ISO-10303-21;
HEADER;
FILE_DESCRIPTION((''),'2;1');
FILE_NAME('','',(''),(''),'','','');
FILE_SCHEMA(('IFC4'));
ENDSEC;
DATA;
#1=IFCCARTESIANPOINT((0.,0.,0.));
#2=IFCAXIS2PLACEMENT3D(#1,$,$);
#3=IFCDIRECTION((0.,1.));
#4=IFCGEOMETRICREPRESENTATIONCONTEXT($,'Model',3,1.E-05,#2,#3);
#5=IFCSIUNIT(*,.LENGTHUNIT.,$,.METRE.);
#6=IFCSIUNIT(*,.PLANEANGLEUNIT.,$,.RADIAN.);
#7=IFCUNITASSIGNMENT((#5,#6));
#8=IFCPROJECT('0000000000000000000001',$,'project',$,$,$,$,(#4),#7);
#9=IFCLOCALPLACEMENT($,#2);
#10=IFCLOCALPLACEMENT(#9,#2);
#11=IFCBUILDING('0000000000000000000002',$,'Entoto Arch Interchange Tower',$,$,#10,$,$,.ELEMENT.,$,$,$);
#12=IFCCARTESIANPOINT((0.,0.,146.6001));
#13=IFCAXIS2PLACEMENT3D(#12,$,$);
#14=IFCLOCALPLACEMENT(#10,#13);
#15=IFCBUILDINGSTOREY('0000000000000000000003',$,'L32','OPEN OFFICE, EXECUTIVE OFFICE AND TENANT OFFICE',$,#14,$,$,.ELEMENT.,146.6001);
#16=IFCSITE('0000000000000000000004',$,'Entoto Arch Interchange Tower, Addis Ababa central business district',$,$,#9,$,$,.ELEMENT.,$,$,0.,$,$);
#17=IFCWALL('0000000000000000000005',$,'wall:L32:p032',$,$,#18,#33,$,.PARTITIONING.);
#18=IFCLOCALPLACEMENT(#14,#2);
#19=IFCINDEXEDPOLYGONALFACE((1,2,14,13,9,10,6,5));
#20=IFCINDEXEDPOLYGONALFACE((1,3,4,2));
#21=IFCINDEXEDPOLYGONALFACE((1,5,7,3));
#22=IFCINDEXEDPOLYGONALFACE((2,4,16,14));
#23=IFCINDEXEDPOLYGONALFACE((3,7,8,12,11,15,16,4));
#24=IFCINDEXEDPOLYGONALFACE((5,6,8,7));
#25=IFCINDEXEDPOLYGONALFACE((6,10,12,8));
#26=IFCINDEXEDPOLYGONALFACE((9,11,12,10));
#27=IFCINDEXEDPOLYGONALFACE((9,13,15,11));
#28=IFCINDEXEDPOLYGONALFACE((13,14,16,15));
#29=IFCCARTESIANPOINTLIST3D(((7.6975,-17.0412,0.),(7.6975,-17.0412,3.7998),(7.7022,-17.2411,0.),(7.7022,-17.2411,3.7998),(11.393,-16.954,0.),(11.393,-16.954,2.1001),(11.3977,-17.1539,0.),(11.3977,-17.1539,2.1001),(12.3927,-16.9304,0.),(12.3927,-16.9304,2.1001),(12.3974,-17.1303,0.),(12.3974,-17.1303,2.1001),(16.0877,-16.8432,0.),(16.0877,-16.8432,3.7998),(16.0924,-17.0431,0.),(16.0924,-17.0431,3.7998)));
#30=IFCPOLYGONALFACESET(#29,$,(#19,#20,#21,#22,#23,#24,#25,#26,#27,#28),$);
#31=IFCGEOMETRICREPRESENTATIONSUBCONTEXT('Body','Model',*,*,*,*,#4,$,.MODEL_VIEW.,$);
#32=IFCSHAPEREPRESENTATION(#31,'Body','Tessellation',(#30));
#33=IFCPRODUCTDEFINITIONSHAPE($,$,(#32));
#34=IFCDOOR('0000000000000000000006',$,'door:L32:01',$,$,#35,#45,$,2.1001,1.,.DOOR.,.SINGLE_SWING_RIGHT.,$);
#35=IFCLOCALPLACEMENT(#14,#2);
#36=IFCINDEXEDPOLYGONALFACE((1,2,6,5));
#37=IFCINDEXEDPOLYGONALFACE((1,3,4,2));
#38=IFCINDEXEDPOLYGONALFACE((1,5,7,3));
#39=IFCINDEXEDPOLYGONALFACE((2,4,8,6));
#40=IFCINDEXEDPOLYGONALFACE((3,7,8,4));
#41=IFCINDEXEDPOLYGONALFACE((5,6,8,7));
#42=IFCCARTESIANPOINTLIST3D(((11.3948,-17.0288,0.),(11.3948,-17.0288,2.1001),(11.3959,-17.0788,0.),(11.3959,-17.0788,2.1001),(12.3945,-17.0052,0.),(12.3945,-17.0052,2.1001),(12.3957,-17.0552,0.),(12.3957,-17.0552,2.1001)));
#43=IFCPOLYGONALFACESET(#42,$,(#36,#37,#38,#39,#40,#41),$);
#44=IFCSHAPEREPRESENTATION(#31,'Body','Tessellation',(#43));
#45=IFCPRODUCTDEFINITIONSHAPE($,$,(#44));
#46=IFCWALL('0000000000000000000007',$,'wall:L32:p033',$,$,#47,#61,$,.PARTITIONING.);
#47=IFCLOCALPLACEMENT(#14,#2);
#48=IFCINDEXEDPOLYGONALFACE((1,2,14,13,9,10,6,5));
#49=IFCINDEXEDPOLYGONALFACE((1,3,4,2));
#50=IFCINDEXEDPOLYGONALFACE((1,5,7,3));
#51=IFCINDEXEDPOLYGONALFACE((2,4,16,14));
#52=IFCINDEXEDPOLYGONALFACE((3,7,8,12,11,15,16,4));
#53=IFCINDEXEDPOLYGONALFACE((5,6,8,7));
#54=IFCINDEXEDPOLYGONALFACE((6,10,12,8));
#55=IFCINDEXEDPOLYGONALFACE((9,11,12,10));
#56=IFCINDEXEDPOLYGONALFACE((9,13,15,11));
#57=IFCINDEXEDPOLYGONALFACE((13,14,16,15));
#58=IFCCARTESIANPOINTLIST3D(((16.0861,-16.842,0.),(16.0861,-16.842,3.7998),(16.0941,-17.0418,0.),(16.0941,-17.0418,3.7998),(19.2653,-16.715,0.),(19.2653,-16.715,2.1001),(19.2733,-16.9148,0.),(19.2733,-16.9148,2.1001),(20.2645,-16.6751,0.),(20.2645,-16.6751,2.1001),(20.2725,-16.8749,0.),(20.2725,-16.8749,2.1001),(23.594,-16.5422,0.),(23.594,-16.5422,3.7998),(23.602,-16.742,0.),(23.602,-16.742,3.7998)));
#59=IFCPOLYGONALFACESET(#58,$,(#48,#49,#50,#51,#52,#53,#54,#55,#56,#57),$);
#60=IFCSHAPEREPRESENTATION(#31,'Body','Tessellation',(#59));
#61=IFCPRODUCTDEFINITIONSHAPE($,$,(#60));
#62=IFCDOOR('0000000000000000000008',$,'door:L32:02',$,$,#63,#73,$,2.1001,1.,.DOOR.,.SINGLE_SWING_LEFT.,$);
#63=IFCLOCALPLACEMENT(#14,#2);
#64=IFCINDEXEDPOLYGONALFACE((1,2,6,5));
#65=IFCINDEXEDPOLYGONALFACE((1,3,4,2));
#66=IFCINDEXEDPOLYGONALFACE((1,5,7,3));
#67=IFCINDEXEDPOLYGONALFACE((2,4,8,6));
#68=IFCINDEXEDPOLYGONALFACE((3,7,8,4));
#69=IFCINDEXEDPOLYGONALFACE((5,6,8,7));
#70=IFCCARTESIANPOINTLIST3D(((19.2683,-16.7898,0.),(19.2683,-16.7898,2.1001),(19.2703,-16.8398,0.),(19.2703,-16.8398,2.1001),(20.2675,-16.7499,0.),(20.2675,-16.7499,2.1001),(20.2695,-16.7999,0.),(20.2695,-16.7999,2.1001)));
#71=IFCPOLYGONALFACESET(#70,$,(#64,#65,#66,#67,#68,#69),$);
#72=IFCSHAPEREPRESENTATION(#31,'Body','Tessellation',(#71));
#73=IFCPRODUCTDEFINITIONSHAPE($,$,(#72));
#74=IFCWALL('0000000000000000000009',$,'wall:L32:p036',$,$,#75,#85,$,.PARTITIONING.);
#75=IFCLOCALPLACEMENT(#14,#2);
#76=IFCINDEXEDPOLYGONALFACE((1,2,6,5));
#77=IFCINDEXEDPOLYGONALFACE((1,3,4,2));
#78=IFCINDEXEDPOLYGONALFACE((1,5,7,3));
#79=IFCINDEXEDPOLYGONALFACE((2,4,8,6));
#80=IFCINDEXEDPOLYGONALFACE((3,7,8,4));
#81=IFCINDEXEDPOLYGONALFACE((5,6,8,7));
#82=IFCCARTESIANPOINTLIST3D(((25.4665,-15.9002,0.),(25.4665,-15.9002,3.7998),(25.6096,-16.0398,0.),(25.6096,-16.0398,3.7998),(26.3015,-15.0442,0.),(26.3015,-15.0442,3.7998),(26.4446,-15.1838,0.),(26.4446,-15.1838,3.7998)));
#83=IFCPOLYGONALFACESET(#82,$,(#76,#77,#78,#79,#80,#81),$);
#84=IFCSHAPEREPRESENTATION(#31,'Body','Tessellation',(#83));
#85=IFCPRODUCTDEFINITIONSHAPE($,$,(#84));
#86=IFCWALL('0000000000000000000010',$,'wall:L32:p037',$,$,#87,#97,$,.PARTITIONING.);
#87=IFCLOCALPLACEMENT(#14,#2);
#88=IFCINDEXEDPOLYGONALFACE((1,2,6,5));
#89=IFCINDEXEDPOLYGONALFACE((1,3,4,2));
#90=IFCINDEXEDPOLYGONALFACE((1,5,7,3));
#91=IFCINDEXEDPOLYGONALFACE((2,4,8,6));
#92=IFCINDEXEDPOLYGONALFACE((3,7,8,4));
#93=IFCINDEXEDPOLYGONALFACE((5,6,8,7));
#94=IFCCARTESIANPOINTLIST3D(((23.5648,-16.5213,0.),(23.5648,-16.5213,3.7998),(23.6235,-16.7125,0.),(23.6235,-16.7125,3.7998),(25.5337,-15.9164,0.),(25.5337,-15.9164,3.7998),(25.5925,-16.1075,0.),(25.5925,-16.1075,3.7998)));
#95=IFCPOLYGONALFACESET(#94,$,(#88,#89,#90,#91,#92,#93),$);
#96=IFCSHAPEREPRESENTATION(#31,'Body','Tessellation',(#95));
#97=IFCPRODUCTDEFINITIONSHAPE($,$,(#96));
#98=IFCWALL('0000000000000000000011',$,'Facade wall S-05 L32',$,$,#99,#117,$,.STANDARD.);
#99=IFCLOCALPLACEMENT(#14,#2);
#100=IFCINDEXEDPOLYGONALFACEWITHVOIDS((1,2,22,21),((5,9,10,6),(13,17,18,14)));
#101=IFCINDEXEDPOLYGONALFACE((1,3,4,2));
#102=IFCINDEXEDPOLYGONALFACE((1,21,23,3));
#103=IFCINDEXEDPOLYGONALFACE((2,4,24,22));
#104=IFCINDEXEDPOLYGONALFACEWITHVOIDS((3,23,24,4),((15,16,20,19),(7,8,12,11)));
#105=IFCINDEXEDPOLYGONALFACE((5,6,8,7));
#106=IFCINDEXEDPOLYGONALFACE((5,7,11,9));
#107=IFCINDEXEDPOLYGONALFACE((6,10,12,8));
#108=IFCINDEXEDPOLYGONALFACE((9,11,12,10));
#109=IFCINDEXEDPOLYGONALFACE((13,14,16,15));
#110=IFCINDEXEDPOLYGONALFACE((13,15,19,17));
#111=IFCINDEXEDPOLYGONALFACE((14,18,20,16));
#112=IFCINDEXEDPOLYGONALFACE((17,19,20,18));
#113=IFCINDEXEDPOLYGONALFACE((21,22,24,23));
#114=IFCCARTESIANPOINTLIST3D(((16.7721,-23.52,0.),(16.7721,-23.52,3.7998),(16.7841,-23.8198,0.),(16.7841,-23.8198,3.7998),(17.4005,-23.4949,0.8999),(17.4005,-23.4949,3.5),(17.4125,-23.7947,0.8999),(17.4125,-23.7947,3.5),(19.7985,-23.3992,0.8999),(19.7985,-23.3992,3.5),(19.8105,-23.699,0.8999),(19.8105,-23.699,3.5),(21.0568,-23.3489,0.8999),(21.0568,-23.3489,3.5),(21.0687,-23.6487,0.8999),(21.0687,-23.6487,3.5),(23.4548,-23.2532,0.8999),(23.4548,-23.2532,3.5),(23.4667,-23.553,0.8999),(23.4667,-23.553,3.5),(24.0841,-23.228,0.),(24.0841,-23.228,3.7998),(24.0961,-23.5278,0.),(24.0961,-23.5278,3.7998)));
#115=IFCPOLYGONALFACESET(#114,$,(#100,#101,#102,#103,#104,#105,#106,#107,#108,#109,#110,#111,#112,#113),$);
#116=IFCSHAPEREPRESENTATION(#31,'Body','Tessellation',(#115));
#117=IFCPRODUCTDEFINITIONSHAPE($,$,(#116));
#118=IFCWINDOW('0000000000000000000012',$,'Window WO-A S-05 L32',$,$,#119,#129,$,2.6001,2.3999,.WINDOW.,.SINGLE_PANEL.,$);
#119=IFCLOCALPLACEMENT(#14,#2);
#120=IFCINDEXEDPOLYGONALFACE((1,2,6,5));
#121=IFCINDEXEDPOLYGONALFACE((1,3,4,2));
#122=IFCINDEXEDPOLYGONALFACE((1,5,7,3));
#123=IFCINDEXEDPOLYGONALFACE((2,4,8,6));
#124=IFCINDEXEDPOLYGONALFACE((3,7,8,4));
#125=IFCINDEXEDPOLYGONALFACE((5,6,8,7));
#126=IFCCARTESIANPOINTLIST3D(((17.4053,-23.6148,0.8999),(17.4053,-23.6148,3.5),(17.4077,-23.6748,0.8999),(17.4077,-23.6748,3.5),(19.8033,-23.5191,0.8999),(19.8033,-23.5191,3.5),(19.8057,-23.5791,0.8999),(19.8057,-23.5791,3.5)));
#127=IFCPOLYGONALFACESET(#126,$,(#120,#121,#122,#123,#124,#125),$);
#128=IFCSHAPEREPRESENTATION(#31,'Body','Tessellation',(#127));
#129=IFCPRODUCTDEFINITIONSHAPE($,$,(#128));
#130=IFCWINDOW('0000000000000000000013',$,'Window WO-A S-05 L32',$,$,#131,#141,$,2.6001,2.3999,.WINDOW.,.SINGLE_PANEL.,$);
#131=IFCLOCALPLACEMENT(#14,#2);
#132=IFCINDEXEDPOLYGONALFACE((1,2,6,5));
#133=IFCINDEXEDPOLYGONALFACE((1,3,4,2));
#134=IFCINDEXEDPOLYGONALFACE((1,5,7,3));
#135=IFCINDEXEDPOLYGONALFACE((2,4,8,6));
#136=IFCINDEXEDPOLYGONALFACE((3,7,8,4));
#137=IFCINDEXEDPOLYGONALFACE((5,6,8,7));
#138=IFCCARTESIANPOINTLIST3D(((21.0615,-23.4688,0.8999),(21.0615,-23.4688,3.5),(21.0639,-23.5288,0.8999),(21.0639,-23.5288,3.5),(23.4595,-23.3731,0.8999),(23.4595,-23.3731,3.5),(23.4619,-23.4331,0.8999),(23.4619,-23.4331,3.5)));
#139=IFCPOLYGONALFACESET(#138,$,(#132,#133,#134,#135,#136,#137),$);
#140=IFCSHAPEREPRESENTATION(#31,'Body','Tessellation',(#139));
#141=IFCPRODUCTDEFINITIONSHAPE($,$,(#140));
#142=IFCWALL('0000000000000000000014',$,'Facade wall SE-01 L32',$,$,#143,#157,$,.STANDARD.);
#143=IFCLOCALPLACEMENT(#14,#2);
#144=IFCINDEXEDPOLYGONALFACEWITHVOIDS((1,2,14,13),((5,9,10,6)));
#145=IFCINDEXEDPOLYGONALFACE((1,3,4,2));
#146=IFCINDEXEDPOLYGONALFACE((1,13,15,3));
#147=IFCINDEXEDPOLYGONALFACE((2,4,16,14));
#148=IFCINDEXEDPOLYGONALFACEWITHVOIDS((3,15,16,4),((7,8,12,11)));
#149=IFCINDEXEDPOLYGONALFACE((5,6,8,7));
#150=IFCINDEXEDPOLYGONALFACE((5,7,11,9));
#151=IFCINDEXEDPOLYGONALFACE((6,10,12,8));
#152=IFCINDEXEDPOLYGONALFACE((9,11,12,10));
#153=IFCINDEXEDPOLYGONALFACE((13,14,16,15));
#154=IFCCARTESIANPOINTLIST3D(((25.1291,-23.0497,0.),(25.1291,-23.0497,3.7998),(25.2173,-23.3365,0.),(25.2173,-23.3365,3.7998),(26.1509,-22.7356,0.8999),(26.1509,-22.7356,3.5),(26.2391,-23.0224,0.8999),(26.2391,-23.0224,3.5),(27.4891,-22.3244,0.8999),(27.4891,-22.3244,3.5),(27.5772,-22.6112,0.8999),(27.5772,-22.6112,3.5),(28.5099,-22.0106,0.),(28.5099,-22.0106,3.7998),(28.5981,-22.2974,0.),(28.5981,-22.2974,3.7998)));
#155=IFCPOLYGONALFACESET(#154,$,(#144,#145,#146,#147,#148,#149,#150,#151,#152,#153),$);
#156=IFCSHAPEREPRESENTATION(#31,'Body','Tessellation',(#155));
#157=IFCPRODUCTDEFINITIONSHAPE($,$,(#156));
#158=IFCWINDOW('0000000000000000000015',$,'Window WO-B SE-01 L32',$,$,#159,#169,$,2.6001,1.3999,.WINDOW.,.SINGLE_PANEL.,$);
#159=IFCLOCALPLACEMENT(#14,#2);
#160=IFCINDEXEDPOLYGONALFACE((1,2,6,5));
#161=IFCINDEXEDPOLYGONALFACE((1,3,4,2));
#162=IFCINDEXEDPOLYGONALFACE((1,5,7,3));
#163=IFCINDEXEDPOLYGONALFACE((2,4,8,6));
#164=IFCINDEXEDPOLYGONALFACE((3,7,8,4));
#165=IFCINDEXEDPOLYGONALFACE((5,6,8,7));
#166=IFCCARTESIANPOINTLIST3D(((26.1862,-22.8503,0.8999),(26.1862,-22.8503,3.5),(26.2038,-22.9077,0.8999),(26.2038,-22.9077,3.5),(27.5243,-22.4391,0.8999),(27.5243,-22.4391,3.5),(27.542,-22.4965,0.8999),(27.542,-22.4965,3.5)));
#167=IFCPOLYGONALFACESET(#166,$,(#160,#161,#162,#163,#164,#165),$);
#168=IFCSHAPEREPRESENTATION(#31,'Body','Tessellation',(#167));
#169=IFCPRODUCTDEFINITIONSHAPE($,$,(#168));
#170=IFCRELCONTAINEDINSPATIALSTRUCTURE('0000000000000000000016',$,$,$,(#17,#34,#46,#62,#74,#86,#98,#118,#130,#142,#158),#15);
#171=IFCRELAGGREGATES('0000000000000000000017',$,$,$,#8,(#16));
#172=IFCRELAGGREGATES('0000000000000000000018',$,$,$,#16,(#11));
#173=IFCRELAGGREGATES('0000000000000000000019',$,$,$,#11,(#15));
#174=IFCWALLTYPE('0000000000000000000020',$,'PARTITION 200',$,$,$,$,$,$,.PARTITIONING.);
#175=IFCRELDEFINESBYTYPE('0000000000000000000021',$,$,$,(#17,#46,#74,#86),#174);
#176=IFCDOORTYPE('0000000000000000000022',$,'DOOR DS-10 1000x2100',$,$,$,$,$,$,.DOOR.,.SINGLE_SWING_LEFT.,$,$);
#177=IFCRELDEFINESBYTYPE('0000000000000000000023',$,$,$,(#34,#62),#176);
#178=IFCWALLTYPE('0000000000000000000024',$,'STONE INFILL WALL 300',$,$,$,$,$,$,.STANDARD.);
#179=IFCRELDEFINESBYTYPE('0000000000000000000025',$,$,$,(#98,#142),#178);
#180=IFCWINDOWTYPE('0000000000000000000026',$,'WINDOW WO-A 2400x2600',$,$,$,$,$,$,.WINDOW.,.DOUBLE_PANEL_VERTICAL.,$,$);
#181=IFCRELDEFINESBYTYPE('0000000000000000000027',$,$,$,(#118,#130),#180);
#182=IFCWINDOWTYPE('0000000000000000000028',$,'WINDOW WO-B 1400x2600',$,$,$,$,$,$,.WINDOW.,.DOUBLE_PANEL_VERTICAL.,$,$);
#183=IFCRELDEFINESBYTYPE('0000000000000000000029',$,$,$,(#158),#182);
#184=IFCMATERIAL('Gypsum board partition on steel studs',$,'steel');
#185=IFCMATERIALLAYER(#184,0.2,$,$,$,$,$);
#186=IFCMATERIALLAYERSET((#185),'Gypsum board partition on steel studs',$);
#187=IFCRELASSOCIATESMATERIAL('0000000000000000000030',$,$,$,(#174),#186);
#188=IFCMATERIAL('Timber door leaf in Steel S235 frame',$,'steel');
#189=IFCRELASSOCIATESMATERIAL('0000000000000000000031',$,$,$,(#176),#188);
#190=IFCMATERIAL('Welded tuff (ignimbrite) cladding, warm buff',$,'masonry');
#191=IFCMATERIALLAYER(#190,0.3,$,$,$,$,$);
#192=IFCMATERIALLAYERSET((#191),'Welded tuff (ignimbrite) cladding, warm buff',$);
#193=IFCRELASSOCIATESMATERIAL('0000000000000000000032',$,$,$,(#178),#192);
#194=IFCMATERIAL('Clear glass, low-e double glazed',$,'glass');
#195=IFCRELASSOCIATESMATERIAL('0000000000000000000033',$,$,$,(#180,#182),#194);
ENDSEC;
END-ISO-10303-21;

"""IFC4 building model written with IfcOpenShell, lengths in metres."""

from ifc_helpers import new_model, si_unit, direction, frame, frame_2d, origin, place, context, subcontext, project, spatial, rectangle, extrude, material, layer, layer_set, type_object, element, fill, save


model = new_model("IFC4")

# Units and contexts
model_context = context("Model", 3, precision=1e-05, world=origin(), true_north=direction((0.0, 1.0)))
body_context = subcontext(model_context, "Body", "Model", "MODEL_VIEW")
ifc_project = project(units=[si_unit("LENGTHUNIT", "METRE"), si_unit("PLANEANGLEUNIT", "RADIAN")], contexts=[model_context])

# Site, building, storey
site_placement = place(None, origin())
site = spatial("IfcSite", under=ifc_project, at=site_placement, Name="Entoto Arch Interchange Tower, Addis Ababa central business district", CompositionType="ELEMENT", RefElevation=0.0)
building_placement = place(site_placement, origin())
building = spatial("IfcBuilding", under=site, at=building_placement, Name="Entoto Arch Interchange Tower", CompositionType="ELEMENT")
storey_placement = place(building_placement, frame((0.0, 0.0, 146.6001)))
storey = spatial("IfcBuildingStorey", under=building, at=storey_placement, Name="L32", Description="OPEN OFFICE, EXECUTIVE OFFICE AND TENANT OFFICE", CompositionType="ELEMENT", Elevation=146.6001)

# Shared definitions
ifc_material_1 = material(Name="Gypsum board partition on steel studs", Category="steel")
ifc_layer_1 = layer(ifc_material_1, 0.2)
ifc_layer_set_1 = layer_set([ifc_layer_1], Name="Gypsum board partition on steel studs")
wall_type_1 = type_object("IfcWallType", Name="PARTITION 200", PredefinedType="PARTITIONING", material=ifc_layer_set_1)

# Shared definitions
ifc_material_2 = material(Name="Timber door leaf in Steel S235 frame", Category="steel")
door_type = type_object("IfcDoorType", Name="DOOR DS-10 1000x2100", OperationType="SINGLE_SWING_LEFT", PredefinedType="DOOR", material=ifc_material_2)

# Walls, openings, doors
wall_1_placement = place(storey_placement, frame((16.0901, -16.9431, 0.0), z_axis=(0.0, 0.0, 1.0), x_axis=(-0.999722, -0.023592, 0.0)))
wall_1 = element("IfcWall", 1, at=wall_1_placement, inside=storey, type_object=wall_type_1, Name="wall:L32:p032", PredefinedType="PARTITIONING", context=body_context, shape_type="SweptSolid", body=[
    extrude(rectangle(XDim=8.3926, YDim=0.2, at=frame_2d((4.1963, 0.0))), origin(), (0.0, 0.0, 1.0), 3.7998),
])
opening_1_placement = place(wall_1_placement, frame((3.696, 0.0, 0.0)))
opening_1 = element("IfcOpeningElement", 2, at=opening_1_placement, cuts=wall_1, PredefinedType="OPENING", context=body_context, shape_type="SweptSolid", body=[
    extrude(rectangle(XDim=1.0, YDim=2.1001, at=frame_2d((0.5, 1.05))), frame((0.0, 0.1099, 0.0), z_axis=(0.0, -1.0, 0.0), x_axis=(1.0, 0.0, 0.0)), (0.0, 0.0, 1.0), 0.22),
])
door_1_placement = place(opening_1_placement, origin())
door_1 = element("IfcDoor", 3, at=door_1_placement, inside=storey, type_object=door_type, Name="door:L32:01", OperationType="SINGLE_SWING_RIGHT", OverallHeight=2.1001, OverallWidth=1.0, PredefinedType="DOOR", context=body_context, shape_type="SweptSolid", body=[
    extrude(rectangle(XDim=1.0, YDim=2.1001, at=frame_2d((0.5, 1.05))), frame((0.0, 0.0249, 0.0), z_axis=(0.0, -1.0, 0.0), x_axis=(1.0, 0.0, 0.0)), (0.0, 0.0, 1.0), 0.05),
])
fill(opening_1, door_1)
wall_2_placement = place(storey_placement, frame((23.5979, -16.6421, 0.0), z_axis=(0.0, 0.0, 1.0), x_axis=(-0.999204, -0.039901, 0.0)))
wall_2 = element("IfcWall", 4, at=wall_2_placement, inside=storey, type_object=wall_type_1, Name="wall:L32:p033", PredefinedType="PARTITIONING", context=body_context, shape_type="SweptSolid", body=[
    extrude(rectangle(XDim=7.5139, YDim=0.2, at=frame_2d((3.7568, 0.0))), origin(), (0.0, 0.0, 1.0), 3.7998),
])
opening_2_placement = place(wall_2_placement, frame((3.332, 0.0, 0.0)))
opening_2 = element("IfcOpeningElement", 5, at=opening_2_placement, cuts=wall_2, PredefinedType="OPENING", context=body_context, shape_type="SweptSolid", body=[
    extrude(rectangle(XDim=1.0, YDim=2.1001, at=frame_2d((0.5, 1.05))), frame((0.0, 0.1099, 0.0), z_axis=(0.0, -1.0, 0.0), x_axis=(1.0, 0.0, 0.0)), (0.0, 0.0, 1.0), 0.22),
])
door_2_placement = place(opening_2_placement, origin())
door_2 = element("IfcDoor", 6, at=door_2_placement, inside=storey, type_object=door_type, Name="door:L32:02", OperationType="SINGLE_SWING_LEFT", OverallHeight=2.1001, OverallWidth=1.0, PredefinedType="DOOR", context=body_context, shape_type="SweptSolid", body=[
    extrude(rectangle(XDim=1.0, YDim=2.1001, at=frame_2d((0.5, 1.05))), frame((0.0, 0.0249, 0.0), z_axis=(0.0, -1.0, 0.0), x_axis=(1.0, 0.0, 0.0)), (0.0, 0.0, 1.0), 0.05),
])
fill(opening_2, door_2)

# Walls
wall_3_placement = place(storey_placement, frame((26.373, -15.114, 0.0), z_axis=(0.0, 0.0, 1.0), x_axis=(-0.698273, -0.715832, 0.0)))
element("IfcWall", 7, at=wall_3_placement, inside=storey, type_object=wall_type_1, Name="wall:L32:p036", PredefinedType="PARTITIONING", context=body_context, shape_type="SweptSolid", body=[
    extrude(rectangle(XDim=1.1958, YDim=0.2, at=frame_2d((0.5979, 0.0))), origin(), (0.0, 0.0, 1.0), 3.7998),
])
wall_4_placement = place(storey_placement, frame((25.563, -16.012, 0.0), z_axis=(0.0, 0.0, 1.0), x_axis=(-0.955897, -0.293703, 0.0)))
element("IfcWall", 8, at=wall_4_placement, inside=storey, type_object=wall_type_1, Name="wall:L32:p037", PredefinedType="PARTITIONING", context=body_context, shape_type="SweptSolid", body=[
    extrude(rectangle(XDim=2.0598, YDim=0.2, at=frame_2d((1.0298, 0.0))), origin(), (0.0, 0.0, 1.0), 3.7998),
])

# Wall, openings, windows
ifc_material_3 = material(Name="Welded tuff (ignimbrite) cladding, warm buff", Category="masonry")
ifc_layer_2 = layer(ifc_material_3, 0.3)
ifc_layer_set_2 = layer_set([ifc_layer_2], Name="Welded tuff (ignimbrite) cladding, warm buff")
wall_type_2 = type_object("IfcWallType", Name="STONE INFILL WALL 300", PredefinedType="STANDARD", material=ifc_layer_set_2)
wall_5_placement = place(storey_placement, frame((16.7781, -23.6699, 0.0), z_axis=(0.0, 0.0, 1.0), x_axis=(0.999204, 0.039901, 0.0)))
wall_5 = element("IfcWall", 9, at=wall_5_placement, inside=storey, type_object=wall_type_2, Name="Facade wall S-05 L32", PredefinedType="STANDARD", context=body_context, shape_type="SweptSolid", body=[
    extrude(rectangle(XDim=7.3179, YDim=0.3, at=frame_2d((3.6589, 0.0))), origin(), (0.0, 0.0, 1.0), 3.7998),
])
opening_3_placement = place(wall_5_placement, frame((0.6289, 0.0, 0.8999)))
opening_3 = element("IfcOpeningElement", 10, at=opening_3_placement, cuts=wall_5, PredefinedType="OPENING", context=body_context, shape_type="SweptSolid", body=[
    extrude(rectangle(XDim=2.3999, YDim=2.6001, at=frame_2d((1.2, 1.3))), frame((0.0, 0.1602, 0.0), z_axis=(0.0, -1.0, 0.0), x_axis=(1.0, 0.0, 0.0)), (0.0, 0.0, 1.0), 0.3201),
])
opening_4_placement = place(wall_5_placement, frame((4.2881, 0.0, 0.8999)))
opening_4 = element("IfcOpeningElement", 11, at=opening_4_placement, cuts=wall_5, PredefinedType="OPENING", context=body_context, shape_type="SweptSolid", body=[
    extrude(rectangle(XDim=2.3999, YDim=2.6001, at=frame_2d((1.2, 1.3))), frame((0.0, 0.1602, 0.0), z_axis=(0.0, -1.0, 0.0), x_axis=(1.0, 0.0, 0.0)), (0.0, 0.0, 1.0), 0.3201),
])
ifc_material_4 = material(Name="Clear glass, low-e double glazed", Category="glass")
window_type_1 = type_object("IfcWindowType", Name="WINDOW WO-A 2400x2600", PartitioningType="DOUBLE_PANEL_VERTICAL", PredefinedType="WINDOW", material=ifc_material_4)
window_1_placement = place(opening_3_placement, origin())
window_1 = element("IfcWindow", 12, at=window_1_placement, inside=storey, type_object=window_type_1, Name="Window WO-A S-05 L32", OverallHeight=2.6001, OverallWidth=2.3999, PartitioningType="SINGLE_PANEL", PredefinedType="WINDOW", context=body_context, shape_type="SweptSolid", body=[
    extrude(rectangle(XDim=2.3999, YDim=2.6001, at=frame_2d((1.2, 1.3))), frame((0.0, 0.03, 0.0), z_axis=(0.0, -1.0, 0.0), x_axis=(1.0, 0.0, 0.0)), (0.0, 0.0, 1.0), 0.0601),
])
fill(opening_3, window_1)
window_2_placement = place(opening_4_placement, origin())
window_2 = element("IfcWindow", 13, at=window_2_placement, inside=storey, type_object=window_type_1, Name="Window WO-A S-05 L32", OverallHeight=2.6001, OverallWidth=2.3999, PartitioningType="SINGLE_PANEL", PredefinedType="WINDOW", context=body_context, shape_type="SweptSolid", body=[
    extrude(rectangle(XDim=2.3999, YDim=2.6001, at=frame_2d((1.2, 1.3))), frame((0.0, 0.03, 0.0), z_axis=(0.0, -1.0, 0.0), x_axis=(1.0, 0.0, 0.0)), (0.0, 0.0, 1.0), 0.0601),
])
fill(opening_4, window_2)

# Wall, opening, window
wall_6_placement = place(storey_placement, frame((25.1731, -23.1931, 0.0), z_axis=(0.0, 0.0, 1.0), x_axis=(0.955874, 0.293775, 0.0)))
wall_6 = element("IfcWall", 14, at=wall_6_placement, inside=storey, type_object=wall_type_2, Name="Facade wall SE-01 L32", PredefinedType="STANDARD", context=body_context, shape_type="SweptSolid", body=[
    extrude(rectangle(XDim=3.5369, YDim=0.3, at=frame_2d((1.7686, 0.0))), origin(), (0.0, 0.0, 1.0), 3.7998),
])
opening_5_placement = place(wall_6_placement, frame((1.0691, 0.0, 0.8999)))
opening_5 = element("IfcOpeningElement", 15, at=opening_5_placement, cuts=wall_6, PredefinedType="OPENING", context=body_context, shape_type="SweptSolid", body=[
    extrude(rectangle(XDim=1.3999, YDim=2.6001, at=frame_2d((0.7, 1.3))), frame((0.0, 0.1602, 0.0), z_axis=(0.0, -1.0, 0.0), x_axis=(1.0, 0.0, 0.0)), (0.0, 0.0, 1.0), 0.3201),
])
window_type_2 = type_object("IfcWindowType", Name="WINDOW WO-B 1400x2600", PartitioningType="DOUBLE_PANEL_VERTICAL", PredefinedType="WINDOW", material=ifc_material_4)
window_3_placement = place(opening_5_placement, origin())
window_3 = element("IfcWindow", 16, at=window_3_placement, inside=storey, type_object=window_type_2, Name="Window WO-B SE-01 L32", OverallHeight=2.6001, OverallWidth=1.3999, PartitioningType="SINGLE_PANEL", PredefinedType="WINDOW", context=body_context, shape_type="SweptSolid", body=[
    extrude(rectangle(XDim=1.3999, YDim=2.6001, at=frame_2d((0.7, 1.3))), frame((0.0, 0.03, 0.0), z_axis=(0.0, -1.0, 0.0), x_axis=(1.0, 0.0, 0.0)), (0.0, 0.0, 1.0), 0.0601),
])
fill(opening_5, window_3)

save(model, "model.ifc")
